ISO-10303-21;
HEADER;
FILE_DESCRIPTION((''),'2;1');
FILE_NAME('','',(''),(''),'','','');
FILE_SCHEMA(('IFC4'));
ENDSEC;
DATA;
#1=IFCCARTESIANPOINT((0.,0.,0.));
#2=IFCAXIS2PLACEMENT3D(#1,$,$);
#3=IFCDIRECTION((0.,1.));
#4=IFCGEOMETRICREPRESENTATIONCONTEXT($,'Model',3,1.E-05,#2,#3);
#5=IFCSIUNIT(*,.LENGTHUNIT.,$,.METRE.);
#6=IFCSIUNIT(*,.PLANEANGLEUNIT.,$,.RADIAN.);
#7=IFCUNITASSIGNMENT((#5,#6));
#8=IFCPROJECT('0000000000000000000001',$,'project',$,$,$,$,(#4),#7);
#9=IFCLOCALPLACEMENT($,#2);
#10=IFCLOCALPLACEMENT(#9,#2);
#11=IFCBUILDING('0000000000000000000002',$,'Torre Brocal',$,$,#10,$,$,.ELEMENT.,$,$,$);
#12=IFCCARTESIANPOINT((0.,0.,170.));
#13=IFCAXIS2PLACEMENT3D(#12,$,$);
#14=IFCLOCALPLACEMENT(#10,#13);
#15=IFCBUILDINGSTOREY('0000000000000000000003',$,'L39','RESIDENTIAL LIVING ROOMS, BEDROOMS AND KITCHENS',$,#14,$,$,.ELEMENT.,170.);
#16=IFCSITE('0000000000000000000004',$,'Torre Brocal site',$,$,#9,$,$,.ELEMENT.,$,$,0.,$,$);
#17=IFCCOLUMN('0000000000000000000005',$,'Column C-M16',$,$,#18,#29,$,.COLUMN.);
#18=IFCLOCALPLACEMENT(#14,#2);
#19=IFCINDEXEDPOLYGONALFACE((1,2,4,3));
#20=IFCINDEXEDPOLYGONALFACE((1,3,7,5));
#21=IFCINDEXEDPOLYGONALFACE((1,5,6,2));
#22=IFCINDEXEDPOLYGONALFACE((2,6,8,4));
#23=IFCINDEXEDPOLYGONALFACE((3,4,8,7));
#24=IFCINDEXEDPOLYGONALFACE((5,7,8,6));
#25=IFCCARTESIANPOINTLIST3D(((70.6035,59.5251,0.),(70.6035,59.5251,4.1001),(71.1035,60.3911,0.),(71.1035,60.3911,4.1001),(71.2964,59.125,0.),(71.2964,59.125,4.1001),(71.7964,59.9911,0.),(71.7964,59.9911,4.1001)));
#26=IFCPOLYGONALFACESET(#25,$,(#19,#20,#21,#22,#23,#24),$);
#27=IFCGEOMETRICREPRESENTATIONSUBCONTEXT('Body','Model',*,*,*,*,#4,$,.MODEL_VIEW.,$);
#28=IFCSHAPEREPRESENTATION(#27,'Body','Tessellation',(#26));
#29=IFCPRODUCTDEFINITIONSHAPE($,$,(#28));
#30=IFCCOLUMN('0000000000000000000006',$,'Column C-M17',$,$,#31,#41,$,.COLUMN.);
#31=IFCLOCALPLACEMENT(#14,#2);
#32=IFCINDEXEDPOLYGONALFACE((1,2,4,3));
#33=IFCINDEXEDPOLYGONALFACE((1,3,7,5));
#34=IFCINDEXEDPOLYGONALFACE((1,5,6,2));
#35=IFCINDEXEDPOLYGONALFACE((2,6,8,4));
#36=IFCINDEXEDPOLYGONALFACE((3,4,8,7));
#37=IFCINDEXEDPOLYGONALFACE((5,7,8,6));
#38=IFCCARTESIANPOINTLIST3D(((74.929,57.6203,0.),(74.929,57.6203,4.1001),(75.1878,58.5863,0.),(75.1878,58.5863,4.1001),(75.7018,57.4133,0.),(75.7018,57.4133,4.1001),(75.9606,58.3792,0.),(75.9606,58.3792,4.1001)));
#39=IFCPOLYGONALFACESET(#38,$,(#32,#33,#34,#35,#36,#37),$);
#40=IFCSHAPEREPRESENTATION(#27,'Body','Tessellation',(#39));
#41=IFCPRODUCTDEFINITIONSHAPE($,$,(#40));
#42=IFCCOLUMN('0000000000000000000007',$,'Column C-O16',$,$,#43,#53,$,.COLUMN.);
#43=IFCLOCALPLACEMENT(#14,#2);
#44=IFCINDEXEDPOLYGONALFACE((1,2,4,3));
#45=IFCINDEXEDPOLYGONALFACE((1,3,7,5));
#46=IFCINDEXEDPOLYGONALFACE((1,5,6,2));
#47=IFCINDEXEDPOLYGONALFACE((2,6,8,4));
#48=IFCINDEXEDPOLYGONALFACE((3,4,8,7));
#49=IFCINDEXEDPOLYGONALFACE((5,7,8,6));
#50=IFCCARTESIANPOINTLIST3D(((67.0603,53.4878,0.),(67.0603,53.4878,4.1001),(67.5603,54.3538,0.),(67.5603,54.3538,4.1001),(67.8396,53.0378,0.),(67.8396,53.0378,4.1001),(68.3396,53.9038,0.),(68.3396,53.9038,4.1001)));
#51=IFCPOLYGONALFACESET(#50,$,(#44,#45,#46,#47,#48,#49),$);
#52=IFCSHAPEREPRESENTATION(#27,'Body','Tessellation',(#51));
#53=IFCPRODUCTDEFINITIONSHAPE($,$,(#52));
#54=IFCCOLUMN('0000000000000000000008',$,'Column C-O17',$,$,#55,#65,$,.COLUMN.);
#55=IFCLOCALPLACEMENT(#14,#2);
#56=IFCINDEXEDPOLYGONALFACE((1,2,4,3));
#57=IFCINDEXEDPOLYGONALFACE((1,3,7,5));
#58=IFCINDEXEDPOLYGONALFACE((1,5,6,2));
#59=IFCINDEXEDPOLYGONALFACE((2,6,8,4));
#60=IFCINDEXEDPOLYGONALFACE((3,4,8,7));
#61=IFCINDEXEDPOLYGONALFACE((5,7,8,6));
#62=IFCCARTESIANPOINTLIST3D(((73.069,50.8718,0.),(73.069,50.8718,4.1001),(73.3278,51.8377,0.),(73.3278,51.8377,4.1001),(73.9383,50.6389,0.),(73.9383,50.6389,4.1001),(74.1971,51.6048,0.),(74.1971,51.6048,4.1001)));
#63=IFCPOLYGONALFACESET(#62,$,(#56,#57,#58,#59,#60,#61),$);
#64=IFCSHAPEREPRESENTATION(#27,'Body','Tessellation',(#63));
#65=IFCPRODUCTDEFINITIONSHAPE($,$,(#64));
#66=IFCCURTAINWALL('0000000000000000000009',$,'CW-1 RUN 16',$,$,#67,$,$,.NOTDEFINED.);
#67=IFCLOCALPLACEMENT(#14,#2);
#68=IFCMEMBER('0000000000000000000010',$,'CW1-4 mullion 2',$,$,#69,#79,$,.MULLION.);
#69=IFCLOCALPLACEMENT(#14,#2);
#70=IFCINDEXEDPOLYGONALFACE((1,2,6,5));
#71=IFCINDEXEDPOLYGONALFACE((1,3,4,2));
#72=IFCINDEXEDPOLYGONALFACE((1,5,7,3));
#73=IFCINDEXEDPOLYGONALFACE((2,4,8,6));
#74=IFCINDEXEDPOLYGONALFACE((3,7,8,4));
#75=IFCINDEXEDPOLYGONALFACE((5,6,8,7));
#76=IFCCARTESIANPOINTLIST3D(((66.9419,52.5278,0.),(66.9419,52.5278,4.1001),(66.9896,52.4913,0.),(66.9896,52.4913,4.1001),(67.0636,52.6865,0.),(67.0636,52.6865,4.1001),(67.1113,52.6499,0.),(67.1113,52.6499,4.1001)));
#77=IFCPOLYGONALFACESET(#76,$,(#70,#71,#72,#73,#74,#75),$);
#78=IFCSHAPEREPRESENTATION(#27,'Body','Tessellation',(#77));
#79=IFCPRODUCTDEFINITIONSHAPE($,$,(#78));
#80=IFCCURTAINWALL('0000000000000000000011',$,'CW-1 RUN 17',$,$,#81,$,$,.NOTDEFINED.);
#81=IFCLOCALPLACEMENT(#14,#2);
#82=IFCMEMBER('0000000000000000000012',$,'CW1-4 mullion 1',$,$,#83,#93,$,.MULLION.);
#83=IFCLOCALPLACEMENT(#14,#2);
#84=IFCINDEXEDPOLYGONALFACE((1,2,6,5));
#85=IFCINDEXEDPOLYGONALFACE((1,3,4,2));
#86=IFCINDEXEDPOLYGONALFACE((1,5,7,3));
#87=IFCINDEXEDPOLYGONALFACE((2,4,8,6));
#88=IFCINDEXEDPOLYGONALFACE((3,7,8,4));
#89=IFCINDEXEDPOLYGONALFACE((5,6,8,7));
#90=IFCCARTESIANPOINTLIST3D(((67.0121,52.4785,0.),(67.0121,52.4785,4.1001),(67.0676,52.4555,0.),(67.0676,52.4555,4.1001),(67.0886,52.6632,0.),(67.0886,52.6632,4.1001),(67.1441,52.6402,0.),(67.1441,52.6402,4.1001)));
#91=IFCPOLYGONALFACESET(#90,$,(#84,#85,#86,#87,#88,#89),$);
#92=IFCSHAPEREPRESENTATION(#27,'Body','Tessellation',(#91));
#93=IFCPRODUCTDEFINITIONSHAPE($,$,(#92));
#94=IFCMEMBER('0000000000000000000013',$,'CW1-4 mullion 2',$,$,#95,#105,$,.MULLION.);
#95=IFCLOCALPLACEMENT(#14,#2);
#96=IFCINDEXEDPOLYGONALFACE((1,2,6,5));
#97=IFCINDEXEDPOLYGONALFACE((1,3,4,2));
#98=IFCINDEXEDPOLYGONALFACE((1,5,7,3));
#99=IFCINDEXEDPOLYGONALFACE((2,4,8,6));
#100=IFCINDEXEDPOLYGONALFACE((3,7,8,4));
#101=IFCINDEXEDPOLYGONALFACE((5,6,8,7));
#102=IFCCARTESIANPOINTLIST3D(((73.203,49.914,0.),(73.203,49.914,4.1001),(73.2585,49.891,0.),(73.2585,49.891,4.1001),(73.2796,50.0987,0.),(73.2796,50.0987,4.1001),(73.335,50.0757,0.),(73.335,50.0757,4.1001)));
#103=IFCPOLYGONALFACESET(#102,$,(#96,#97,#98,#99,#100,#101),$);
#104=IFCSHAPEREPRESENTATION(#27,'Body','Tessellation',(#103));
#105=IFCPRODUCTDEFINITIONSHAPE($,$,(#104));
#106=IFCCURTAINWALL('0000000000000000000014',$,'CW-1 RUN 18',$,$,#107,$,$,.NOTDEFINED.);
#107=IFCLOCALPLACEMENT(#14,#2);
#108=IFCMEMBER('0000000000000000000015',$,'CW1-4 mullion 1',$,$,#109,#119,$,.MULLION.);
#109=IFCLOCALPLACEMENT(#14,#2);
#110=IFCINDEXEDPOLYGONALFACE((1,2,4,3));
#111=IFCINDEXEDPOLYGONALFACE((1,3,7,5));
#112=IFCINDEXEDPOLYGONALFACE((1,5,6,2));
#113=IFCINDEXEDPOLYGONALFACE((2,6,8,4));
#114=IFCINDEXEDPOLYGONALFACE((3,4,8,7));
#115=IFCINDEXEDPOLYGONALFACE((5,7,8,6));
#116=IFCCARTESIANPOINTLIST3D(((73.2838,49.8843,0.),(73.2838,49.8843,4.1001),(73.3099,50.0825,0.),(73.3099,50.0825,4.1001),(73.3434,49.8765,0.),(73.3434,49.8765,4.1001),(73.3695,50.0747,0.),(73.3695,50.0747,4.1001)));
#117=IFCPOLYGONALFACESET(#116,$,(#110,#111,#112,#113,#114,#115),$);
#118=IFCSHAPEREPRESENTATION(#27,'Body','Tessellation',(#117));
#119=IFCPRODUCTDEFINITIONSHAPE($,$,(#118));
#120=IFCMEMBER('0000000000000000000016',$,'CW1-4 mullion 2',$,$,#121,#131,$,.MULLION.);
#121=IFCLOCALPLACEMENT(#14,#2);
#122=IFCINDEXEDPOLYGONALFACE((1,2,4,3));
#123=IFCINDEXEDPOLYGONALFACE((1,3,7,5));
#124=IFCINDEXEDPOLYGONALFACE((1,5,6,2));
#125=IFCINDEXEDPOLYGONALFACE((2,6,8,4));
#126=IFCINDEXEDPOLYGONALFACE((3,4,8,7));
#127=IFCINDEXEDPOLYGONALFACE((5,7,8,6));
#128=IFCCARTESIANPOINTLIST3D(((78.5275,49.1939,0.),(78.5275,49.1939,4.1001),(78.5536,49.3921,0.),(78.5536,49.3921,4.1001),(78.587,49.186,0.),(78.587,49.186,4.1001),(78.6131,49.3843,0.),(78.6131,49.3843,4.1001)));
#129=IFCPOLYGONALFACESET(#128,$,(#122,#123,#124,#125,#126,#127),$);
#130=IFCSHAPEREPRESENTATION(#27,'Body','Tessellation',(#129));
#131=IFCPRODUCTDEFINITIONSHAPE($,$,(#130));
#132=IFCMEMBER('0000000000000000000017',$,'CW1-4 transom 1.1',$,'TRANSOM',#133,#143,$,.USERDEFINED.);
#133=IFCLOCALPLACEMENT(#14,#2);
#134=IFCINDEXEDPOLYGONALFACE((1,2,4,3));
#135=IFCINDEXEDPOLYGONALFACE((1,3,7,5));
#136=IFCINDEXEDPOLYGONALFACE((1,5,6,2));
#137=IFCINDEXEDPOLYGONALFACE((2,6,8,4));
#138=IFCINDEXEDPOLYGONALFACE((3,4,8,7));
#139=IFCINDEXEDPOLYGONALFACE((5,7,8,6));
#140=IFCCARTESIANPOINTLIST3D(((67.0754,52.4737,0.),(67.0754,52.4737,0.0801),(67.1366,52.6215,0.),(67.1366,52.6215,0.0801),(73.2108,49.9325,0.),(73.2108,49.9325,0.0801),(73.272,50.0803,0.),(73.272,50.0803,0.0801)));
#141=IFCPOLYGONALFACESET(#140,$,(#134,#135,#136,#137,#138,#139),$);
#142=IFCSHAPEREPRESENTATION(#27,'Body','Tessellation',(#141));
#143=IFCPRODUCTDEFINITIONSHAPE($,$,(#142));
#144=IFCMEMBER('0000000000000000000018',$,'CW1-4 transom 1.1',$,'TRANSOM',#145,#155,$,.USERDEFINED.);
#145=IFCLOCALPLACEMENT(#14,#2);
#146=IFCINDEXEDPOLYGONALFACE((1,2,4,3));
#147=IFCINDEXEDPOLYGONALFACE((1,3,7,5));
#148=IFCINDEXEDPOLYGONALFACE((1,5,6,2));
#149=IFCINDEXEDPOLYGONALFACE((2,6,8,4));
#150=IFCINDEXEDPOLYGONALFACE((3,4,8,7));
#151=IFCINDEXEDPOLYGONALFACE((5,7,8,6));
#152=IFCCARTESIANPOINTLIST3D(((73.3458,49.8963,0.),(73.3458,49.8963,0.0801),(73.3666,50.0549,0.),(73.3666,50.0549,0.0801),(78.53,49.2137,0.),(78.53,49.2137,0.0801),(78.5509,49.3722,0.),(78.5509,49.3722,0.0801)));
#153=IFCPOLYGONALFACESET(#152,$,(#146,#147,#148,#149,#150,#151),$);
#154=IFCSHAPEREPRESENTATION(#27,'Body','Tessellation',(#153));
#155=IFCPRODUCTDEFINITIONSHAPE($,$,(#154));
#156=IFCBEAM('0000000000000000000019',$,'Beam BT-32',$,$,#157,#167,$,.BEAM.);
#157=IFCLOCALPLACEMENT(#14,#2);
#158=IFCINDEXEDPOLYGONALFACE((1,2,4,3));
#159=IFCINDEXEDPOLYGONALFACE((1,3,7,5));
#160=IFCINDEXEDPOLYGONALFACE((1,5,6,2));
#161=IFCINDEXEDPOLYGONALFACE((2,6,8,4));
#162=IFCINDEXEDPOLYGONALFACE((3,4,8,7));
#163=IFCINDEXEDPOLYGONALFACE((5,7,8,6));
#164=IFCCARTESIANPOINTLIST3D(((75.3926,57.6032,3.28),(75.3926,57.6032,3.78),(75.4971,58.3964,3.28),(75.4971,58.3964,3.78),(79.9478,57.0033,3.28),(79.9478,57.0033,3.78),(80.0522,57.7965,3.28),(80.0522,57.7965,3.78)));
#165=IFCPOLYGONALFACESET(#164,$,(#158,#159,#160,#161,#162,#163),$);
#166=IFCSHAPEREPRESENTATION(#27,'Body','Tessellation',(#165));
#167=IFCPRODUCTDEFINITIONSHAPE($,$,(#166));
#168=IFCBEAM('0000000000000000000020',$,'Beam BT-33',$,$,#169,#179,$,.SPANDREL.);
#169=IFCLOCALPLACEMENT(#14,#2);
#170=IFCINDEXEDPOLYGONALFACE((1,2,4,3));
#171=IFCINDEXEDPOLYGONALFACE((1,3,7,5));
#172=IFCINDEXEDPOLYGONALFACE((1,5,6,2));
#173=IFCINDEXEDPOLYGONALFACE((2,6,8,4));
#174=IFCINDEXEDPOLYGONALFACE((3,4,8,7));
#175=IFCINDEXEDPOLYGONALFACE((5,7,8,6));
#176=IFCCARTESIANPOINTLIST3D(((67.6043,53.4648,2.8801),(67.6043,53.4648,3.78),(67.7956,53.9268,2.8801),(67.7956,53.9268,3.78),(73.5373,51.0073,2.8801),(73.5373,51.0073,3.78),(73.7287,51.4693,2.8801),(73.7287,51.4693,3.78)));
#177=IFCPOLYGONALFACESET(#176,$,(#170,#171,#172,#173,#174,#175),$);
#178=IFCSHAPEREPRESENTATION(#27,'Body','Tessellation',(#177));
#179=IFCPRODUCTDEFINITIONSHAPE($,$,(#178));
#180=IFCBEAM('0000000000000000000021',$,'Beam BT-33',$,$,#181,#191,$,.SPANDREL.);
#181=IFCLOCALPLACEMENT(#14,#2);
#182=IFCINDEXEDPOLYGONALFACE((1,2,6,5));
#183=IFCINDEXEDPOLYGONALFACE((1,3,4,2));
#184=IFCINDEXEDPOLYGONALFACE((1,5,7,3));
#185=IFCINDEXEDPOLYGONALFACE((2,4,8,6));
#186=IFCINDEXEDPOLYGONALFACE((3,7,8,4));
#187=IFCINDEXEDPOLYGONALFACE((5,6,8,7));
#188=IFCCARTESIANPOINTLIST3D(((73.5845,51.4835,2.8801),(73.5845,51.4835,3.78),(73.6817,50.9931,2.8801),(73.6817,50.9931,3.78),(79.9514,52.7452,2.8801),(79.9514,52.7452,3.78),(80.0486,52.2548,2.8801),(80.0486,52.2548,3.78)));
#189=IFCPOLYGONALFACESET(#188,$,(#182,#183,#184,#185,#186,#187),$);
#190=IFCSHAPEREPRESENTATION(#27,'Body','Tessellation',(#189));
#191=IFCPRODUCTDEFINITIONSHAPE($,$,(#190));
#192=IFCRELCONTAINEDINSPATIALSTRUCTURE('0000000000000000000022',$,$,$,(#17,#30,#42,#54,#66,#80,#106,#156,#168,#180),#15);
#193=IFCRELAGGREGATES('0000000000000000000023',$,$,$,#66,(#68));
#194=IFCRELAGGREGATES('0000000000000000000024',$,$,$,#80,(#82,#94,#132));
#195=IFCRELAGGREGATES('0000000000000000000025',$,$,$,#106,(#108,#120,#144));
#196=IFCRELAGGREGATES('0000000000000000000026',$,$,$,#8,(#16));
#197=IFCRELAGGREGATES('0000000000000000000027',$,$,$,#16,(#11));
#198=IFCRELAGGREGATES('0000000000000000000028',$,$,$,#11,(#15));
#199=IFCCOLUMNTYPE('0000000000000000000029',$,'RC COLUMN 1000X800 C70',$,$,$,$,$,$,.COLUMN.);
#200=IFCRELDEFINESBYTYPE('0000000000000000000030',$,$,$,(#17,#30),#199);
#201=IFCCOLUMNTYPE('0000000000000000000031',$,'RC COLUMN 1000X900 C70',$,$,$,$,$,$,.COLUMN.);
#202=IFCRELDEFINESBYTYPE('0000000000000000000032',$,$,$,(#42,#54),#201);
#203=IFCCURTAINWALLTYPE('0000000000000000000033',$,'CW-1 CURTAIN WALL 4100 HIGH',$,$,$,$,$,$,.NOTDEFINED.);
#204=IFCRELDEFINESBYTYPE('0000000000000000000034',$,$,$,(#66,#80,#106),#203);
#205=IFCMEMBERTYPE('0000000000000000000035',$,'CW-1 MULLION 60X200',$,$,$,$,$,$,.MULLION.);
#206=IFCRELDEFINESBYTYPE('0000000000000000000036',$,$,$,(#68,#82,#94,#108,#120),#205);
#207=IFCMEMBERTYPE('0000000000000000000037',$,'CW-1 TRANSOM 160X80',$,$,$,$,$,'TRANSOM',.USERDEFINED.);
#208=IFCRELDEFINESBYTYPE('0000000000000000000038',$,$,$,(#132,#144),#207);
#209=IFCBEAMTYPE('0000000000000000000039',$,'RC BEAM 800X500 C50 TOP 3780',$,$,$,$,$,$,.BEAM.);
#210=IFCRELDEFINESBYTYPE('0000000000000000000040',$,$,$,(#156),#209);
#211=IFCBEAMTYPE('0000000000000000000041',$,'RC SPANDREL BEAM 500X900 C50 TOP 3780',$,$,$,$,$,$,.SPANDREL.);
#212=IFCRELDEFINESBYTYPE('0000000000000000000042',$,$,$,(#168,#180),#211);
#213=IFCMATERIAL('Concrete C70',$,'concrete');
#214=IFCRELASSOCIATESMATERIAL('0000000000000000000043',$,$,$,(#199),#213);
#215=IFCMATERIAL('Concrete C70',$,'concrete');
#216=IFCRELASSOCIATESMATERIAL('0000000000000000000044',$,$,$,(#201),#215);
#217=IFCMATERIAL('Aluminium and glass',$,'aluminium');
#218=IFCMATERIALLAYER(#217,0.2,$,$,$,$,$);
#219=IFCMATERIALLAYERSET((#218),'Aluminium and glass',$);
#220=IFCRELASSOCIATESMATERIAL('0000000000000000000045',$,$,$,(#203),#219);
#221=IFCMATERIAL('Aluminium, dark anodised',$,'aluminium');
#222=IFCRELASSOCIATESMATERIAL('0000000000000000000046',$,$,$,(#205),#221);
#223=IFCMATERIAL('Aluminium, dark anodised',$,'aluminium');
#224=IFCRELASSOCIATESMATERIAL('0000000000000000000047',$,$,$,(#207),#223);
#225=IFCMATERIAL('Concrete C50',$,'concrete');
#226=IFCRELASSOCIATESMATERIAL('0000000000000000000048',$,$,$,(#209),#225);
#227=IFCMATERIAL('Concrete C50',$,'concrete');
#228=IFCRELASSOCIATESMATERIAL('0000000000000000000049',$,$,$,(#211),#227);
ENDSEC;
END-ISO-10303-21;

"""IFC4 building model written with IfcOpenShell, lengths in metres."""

from ifc_helpers import new_model, si_unit, direction, frame, origin, origin_2d, place, context, subcontext, project, spatial, rectangle, extrude, material, layer, layer_set, material_profile, profile_set, type_object, element, aggregate, save


model = new_model("IFC4")

# Units and contexts
model_context = context("Model", 3, precision=1e-05, world=origin(), true_north=direction((0.0, 1.0)))
body_context = subcontext(model_context, "Body", "Model", "MODEL_VIEW")
ifc_project = project(units=[si_unit("LENGTHUNIT", "METRE"), si_unit("PLANEANGLEUNIT", "RADIAN")], contexts=[model_context])

# Site, building, storey
site_placement = place(None, origin())
site = spatial("IfcSite", under=ifc_project, at=site_placement, Name="Torre Brocal site", CompositionType="ELEMENT", RefElevation=0.0)
building_placement = place(site_placement, origin())
building = spatial("IfcBuilding", under=site, at=building_placement, Name="Torre Brocal", CompositionType="ELEMENT")
storey_placement = place(building_placement, frame((0.0, 0.0, 170.0)))
storey = spatial("IfcBuildingStorey", under=building, at=storey_placement, Name="L39", Description="RESIDENTIAL LIVING ROOMS, BEDROOMS AND KITCHENS", CompositionType="ELEMENT", Elevation=170.0)

# Columns
ifc_material_1 = material(Name="Concrete C70", Category="concrete")
ifc_material_profile_1 = material_profile(ifc_material_1, rectangle(XDim=1.0, YDim=0.8, at=origin_2d()), Name="RC 1000X800")
ifc_profile_set_1 = profile_set([ifc_material_profile_1], Name="Concrete C70")
column_type_1 = type_object("IfcColumnType", Name="RC COLUMN 1000X800 C70", PredefinedType="COLUMN", material=ifc_profile_set_1)
for number, where, z_axis, x_axis, name in (
    (1, (71.2, 59.7581, 0.0), (0.0, 0.0, 1.0), (-0.5, -0.866025, 0.0), "Column C-M16"),
    (2, (75.4448, 57.9998, 0.0), (0.0, 0.0, 1.0), (-0.258819, -0.965926, 0.0), "Column C-M17"),
):
    element("IfcColumn", number, at=place(storey_placement, frame(where, z_axis=z_axis, x_axis=x_axis)), inside=storey, type_object=column_type_1, Name=name, PredefinedType="COLUMN", context=body_context, shape_type="SweptSolid", body=[
        extrude(rectangle(XDim=1.0, YDim=0.8, at=origin_2d()), origin(), (0.0, 0.0, 1.0), 4.1001),
    ])
ifc_material_2 = material(Name="Concrete C70", Category="concrete")
ifc_material_profile_2 = material_profile(ifc_material_2, rectangle(XDim=1.0, YDim=0.8999, at=origin_2d()), Name="RC 1000X900")
ifc_profile_set_2 = profile_set([ifc_material_profile_2], Name="Concrete C70")
column_type_2 = type_object("IfcColumnType", Name="RC COLUMN 1000X900 C70", PredefinedType="COLUMN", material=ifc_profile_set_2)
for number, where, z_axis, x_axis, name in (
    (3, (67.7, 53.6958, 0.0), (0.0, 0.0, 1.0), (-0.5, -0.866025, 0.0), "Column C-O16"),
    (4, (73.6331, 51.2383, 0.0), (0.0, 0.0, 1.0), (-0.258819, -0.965926, 0.0), "Column C-O17"),
):
    element("IfcColumn", number, at=place(storey_placement, frame(where, z_axis=z_axis, x_axis=x_axis)), inside=storey, type_object=column_type_2, Name=name, PredefinedType="COLUMN", context=body_context, shape_type="SweptSolid", body=[
        extrude(rectangle(XDim=1.0, YDim=0.8999, at=origin_2d()), origin(), (0.0, 0.0, 1.0), 4.1001),
    ])

# Curtain wall, member
ifc_material_3 = material(Name="Aluminium and glass", Category="aluminium")
ifc_layer_1 = layer(ifc_material_3, 0.2)
ifc_layer_set_1 = layer_set([ifc_layer_1], Name="Aluminium and glass")
curtain_wall_type = type_object("IfcCurtainWallType", Name="CW-1 CURTAIN WALL 4100 HIGH", PredefinedType="NOTDEFINED", material=ifc_layer_set_1)
curtain_wall_1_placement = place(storey_placement, origin())
curtain_wall_1 = element("IfcCurtainWall", 5, at=curtain_wall_1_placement, inside=storey, type_object=curtain_wall_type, Name="CW-1 RUN 16", PredefinedType="NOTDEFINED")
ifc_material_4 = material(Name="Aluminium, dark anodised", Category="aluminium")
ifc_material_profile_3 = material_profile(ifc_material_4, rectangle(XDim=0.2, YDim=0.0601, at=origin_2d()), Name="CW-1 MULLION 60X200")
ifc_profile_set_3 = profile_set([ifc_material_profile_3], Name="Aluminium, dark anodised")
member_type_1 = type_object("IfcMemberType", Name="CW-1 MULLION 60X200", PredefinedType="MULLION", material=ifc_profile_set_3)
member_1_placement = place(storey_placement, frame((67.0266, 52.5889, 0.0), z_axis=(0.0, 0.0, 1.0), x_axis=(0.608761, 0.793353, 0.0)))
member_1 = element("IfcMember", 6, at=member_1_placement, type_object=member_type_1, Name="CW1-4 mullion 2", PredefinedType="MULLION", context=body_context, shape_type="SweptSolid", body=[
    extrude(rectangle(XDim=0.2, YDim=0.0601, at=origin_2d()), origin(), (0.0, 0.0, 1.0), 4.1001),
])
aggregate(curtain_wall_1, [member_1])

# Curtain walls, members
curtain_wall_2_placement = place(storey_placement, origin())
curtain_wall_2 = element("IfcCurtainWall", 7, at=curtain_wall_2_placement, inside=storey, type_object=curtain_wall_type, Name="CW-1 RUN 17", PredefinedType="NOTDEFINED")
member_2_placement = place(storey_placement, frame((67.0781, 52.5593, 0.0), z_axis=(0.0, 0.0, 1.0), x_axis=(0.382683, 0.92388, 0.0)))
member_2 = element("IfcMember", 8, at=member_2_placement, type_object=member_type_1, Name="CW1-4 mullion 1", PredefinedType="MULLION", context=body_context, shape_type="SweptSolid", body=[
    extrude(rectangle(XDim=0.2, YDim=0.0601, at=origin_2d()), origin(), (0.0, 0.0, 1.0), 4.1001),
])
member_3_placement = place(storey_placement, frame((73.269, 49.9949, 0.0), z_axis=(0.0, 0.0, 1.0), x_axis=(0.382683, 0.92388, 0.0)))
member_3 = element("IfcMember", 9, at=member_3_placement, type_object=member_type_1, Name="CW1-4 mullion 2", PredefinedType="MULLION", context=body_context, shape_type="SweptSolid", body=[
    extrude(rectangle(XDim=0.2, YDim=0.0601, at=origin_2d()), origin(), (0.0, 0.0, 1.0), 4.1001),
])
curtain_wall_3_placement = place(storey_placement, origin())
curtain_wall_3 = element("IfcCurtainWall", 10, at=curtain_wall_3_placement, inside=storey, type_object=curtain_wall_type, Name="CW-1 RUN 18", PredefinedType="NOTDEFINED")
member_4_placement = place(storey_placement, frame((73.3267, 49.9795, 0.0), z_axis=(0.0, 0.0, 1.0), x_axis=(0.130526, 0.991445, 0.0)))
member_4 = element("IfcMember", 11, at=member_4_placement, type_object=member_type_1, Name="CW1-4 mullion 1", PredefinedType="MULLION", context=body_context, shape_type="SweptSolid", body=[
    extrude(rectangle(XDim=0.2, YDim=0.0601, at=origin_2d()), origin(), (0.0, 0.0, 1.0), 4.1001),
])
member_5_placement = place(storey_placement, frame((78.5703, 49.2891, 0.0), z_axis=(0.0, 0.0, 1.0), x_axis=(0.130526, 0.991445, 0.0)))
member_5 = element("IfcMember", 12, at=member_5_placement, type_object=member_type_1, Name="CW1-4 mullion 2", PredefinedType="MULLION", context=body_context, shape_type="SweptSolid", body=[
    extrude(rectangle(XDim=0.2, YDim=0.0601, at=origin_2d()), origin(), (0.0, 0.0, 1.0), 4.1001),
])

# Members
ifc_material_5 = material(Name="Aluminium, dark anodised", Category="aluminium")
ifc_material_profile_4 = material_profile(ifc_material_5, rectangle(XDim=0.1599, YDim=0.0801, at=origin_2d()), Name="CW-1 TRANSOM 160X80")
ifc_profile_set_4 = profile_set([ifc_material_profile_4], Name="Aluminium, dark anodised")
member_type_2 = type_object("IfcMemberType", Name="CW-1 TRANSOM 160X80", ElementType="TRANSOM", PredefinedType="USERDEFINED", material=ifc_profile_set_4)
member_6_placement = place(storey_placement, frame((67.106, 52.5476, 0.04), z_axis=(0.923887, -0.382665, 0.0), x_axis=(0.382665, 0.923887, 0.0)))
member_6 = element("IfcMember", 13, at=member_6_placement, type_object=member_type_2, Name="CW1-4 transom 1.1", ObjectType="TRANSOM", PredefinedType="USERDEFINED", context=body_context, shape_type="SweptSolid", body=[
    extrude(rectangle(XDim=0.1599, YDim=0.0801, at=origin_2d()), origin(), (0.0, 0.0, 1.0), 6.6409),
])
member_7_placement = place(storey_placement, frame((73.3562, 49.9756, 0.04), z_axis=(0.991443, -0.130543, 0.0), x_axis=(0.130543, 0.991443, 0.0)))
member_7 = element("IfcMember", 14, at=member_7_placement, type_object=member_type_2, Name="CW1-4 transom 1.1", ObjectType="TRANSOM", PredefinedType="USERDEFINED", context=body_context, shape_type="SweptSolid", body=[
    extrude(rectangle(XDim=0.1599, YDim=0.0801, at=origin_2d()), origin(), (0.0, 0.0, 1.0), 5.229),
])

# Beams
ifc_material_6 = material(Name="Concrete C50", Category="concrete")
ifc_material_profile_5 = material_profile(ifc_material_6, rectangle(XDim=0.8, YDim=0.5, at=origin_2d()), Name="RC 800X500")
ifc_profile_set_5 = profile_set([ifc_material_profile_5], Name="Concrete C50")
beam_type_1 = type_object("IfcBeamType", Name="RC BEAM 800X500 C50 TOP 3780", PredefinedType="BEAM", material=ifc_profile_set_5)
beam_1_placement = place(storey_placement, frame((75.4448, 57.9998, 3.53), z_axis=(0.991441, -0.130559, 0.0), x_axis=(0.130559, 0.991441, 0.0)))
element("IfcBeam", 15, at=beam_1_placement, inside=storey, type_object=beam_type_1, Name="Beam BT-32", PredefinedType="BEAM", context=body_context, shape_type="SweptSolid", body=[
    extrude(rectangle(XDim=0.8, YDim=0.5, at=origin_2d()), origin(), (0.0, 0.0, 1.0), 4.5945),
])
ifc_material_7 = material(Name="Concrete C50", Category="concrete")
ifc_material_profile_6 = material_profile(ifc_material_7, rectangle(XDim=0.5, YDim=0.8999, at=origin_2d()), Name="RC 500X900")
ifc_profile_set_6 = profile_set([ifc_material_profile_6], Name="Concrete C50")
beam_type_2 = type_object("IfcBeamType", Name="RC SPANDREL BEAM 500X900 C50 TOP 3780", PredefinedType="SPANDREL", material=ifc_profile_set_6)
beam_2_placement = place(storey_placement, frame((67.7, 53.6958, 3.3301), z_axis=(0.923882, -0.382676, 0.0), x_axis=(0.382676, 0.923882, 0.0)))
element("IfcBeam", 16, at=beam_2_placement, inside=storey, type_object=beam_type_2, Name="Beam BT-33", PredefinedType="SPANDREL", context=body_context, shape_type="SweptSolid", body=[
    extrude(rectangle(XDim=0.5, YDim=0.8999, at=origin_2d()), origin(), (0.0, 0.0, 1.0), 6.4219),
])
beam_3_placement = place(storey_placement, frame((73.6331, 51.2383, 3.3301), z_axis=(0.980925, 0.194387, 0.0), x_axis=(-0.194387, 0.980925, 0.0)))
element("IfcBeam", 17, at=beam_3_placement, inside=storey, type_object=beam_type_2, Name="Beam BT-33", PredefinedType="SPANDREL", context=body_context, shape_type="SweptSolid", body=[
    extrude(rectangle(XDim=0.5, YDim=0.8999, at=origin_2d()), origin(), (0.0, 0.0, 1.0), 6.4907),
])

aggregate(curtain_wall_2, [member_2, member_3, member_6])
aggregate(curtain_wall_3, [member_4, member_5, member_7])

save(model, "model.ifc")
